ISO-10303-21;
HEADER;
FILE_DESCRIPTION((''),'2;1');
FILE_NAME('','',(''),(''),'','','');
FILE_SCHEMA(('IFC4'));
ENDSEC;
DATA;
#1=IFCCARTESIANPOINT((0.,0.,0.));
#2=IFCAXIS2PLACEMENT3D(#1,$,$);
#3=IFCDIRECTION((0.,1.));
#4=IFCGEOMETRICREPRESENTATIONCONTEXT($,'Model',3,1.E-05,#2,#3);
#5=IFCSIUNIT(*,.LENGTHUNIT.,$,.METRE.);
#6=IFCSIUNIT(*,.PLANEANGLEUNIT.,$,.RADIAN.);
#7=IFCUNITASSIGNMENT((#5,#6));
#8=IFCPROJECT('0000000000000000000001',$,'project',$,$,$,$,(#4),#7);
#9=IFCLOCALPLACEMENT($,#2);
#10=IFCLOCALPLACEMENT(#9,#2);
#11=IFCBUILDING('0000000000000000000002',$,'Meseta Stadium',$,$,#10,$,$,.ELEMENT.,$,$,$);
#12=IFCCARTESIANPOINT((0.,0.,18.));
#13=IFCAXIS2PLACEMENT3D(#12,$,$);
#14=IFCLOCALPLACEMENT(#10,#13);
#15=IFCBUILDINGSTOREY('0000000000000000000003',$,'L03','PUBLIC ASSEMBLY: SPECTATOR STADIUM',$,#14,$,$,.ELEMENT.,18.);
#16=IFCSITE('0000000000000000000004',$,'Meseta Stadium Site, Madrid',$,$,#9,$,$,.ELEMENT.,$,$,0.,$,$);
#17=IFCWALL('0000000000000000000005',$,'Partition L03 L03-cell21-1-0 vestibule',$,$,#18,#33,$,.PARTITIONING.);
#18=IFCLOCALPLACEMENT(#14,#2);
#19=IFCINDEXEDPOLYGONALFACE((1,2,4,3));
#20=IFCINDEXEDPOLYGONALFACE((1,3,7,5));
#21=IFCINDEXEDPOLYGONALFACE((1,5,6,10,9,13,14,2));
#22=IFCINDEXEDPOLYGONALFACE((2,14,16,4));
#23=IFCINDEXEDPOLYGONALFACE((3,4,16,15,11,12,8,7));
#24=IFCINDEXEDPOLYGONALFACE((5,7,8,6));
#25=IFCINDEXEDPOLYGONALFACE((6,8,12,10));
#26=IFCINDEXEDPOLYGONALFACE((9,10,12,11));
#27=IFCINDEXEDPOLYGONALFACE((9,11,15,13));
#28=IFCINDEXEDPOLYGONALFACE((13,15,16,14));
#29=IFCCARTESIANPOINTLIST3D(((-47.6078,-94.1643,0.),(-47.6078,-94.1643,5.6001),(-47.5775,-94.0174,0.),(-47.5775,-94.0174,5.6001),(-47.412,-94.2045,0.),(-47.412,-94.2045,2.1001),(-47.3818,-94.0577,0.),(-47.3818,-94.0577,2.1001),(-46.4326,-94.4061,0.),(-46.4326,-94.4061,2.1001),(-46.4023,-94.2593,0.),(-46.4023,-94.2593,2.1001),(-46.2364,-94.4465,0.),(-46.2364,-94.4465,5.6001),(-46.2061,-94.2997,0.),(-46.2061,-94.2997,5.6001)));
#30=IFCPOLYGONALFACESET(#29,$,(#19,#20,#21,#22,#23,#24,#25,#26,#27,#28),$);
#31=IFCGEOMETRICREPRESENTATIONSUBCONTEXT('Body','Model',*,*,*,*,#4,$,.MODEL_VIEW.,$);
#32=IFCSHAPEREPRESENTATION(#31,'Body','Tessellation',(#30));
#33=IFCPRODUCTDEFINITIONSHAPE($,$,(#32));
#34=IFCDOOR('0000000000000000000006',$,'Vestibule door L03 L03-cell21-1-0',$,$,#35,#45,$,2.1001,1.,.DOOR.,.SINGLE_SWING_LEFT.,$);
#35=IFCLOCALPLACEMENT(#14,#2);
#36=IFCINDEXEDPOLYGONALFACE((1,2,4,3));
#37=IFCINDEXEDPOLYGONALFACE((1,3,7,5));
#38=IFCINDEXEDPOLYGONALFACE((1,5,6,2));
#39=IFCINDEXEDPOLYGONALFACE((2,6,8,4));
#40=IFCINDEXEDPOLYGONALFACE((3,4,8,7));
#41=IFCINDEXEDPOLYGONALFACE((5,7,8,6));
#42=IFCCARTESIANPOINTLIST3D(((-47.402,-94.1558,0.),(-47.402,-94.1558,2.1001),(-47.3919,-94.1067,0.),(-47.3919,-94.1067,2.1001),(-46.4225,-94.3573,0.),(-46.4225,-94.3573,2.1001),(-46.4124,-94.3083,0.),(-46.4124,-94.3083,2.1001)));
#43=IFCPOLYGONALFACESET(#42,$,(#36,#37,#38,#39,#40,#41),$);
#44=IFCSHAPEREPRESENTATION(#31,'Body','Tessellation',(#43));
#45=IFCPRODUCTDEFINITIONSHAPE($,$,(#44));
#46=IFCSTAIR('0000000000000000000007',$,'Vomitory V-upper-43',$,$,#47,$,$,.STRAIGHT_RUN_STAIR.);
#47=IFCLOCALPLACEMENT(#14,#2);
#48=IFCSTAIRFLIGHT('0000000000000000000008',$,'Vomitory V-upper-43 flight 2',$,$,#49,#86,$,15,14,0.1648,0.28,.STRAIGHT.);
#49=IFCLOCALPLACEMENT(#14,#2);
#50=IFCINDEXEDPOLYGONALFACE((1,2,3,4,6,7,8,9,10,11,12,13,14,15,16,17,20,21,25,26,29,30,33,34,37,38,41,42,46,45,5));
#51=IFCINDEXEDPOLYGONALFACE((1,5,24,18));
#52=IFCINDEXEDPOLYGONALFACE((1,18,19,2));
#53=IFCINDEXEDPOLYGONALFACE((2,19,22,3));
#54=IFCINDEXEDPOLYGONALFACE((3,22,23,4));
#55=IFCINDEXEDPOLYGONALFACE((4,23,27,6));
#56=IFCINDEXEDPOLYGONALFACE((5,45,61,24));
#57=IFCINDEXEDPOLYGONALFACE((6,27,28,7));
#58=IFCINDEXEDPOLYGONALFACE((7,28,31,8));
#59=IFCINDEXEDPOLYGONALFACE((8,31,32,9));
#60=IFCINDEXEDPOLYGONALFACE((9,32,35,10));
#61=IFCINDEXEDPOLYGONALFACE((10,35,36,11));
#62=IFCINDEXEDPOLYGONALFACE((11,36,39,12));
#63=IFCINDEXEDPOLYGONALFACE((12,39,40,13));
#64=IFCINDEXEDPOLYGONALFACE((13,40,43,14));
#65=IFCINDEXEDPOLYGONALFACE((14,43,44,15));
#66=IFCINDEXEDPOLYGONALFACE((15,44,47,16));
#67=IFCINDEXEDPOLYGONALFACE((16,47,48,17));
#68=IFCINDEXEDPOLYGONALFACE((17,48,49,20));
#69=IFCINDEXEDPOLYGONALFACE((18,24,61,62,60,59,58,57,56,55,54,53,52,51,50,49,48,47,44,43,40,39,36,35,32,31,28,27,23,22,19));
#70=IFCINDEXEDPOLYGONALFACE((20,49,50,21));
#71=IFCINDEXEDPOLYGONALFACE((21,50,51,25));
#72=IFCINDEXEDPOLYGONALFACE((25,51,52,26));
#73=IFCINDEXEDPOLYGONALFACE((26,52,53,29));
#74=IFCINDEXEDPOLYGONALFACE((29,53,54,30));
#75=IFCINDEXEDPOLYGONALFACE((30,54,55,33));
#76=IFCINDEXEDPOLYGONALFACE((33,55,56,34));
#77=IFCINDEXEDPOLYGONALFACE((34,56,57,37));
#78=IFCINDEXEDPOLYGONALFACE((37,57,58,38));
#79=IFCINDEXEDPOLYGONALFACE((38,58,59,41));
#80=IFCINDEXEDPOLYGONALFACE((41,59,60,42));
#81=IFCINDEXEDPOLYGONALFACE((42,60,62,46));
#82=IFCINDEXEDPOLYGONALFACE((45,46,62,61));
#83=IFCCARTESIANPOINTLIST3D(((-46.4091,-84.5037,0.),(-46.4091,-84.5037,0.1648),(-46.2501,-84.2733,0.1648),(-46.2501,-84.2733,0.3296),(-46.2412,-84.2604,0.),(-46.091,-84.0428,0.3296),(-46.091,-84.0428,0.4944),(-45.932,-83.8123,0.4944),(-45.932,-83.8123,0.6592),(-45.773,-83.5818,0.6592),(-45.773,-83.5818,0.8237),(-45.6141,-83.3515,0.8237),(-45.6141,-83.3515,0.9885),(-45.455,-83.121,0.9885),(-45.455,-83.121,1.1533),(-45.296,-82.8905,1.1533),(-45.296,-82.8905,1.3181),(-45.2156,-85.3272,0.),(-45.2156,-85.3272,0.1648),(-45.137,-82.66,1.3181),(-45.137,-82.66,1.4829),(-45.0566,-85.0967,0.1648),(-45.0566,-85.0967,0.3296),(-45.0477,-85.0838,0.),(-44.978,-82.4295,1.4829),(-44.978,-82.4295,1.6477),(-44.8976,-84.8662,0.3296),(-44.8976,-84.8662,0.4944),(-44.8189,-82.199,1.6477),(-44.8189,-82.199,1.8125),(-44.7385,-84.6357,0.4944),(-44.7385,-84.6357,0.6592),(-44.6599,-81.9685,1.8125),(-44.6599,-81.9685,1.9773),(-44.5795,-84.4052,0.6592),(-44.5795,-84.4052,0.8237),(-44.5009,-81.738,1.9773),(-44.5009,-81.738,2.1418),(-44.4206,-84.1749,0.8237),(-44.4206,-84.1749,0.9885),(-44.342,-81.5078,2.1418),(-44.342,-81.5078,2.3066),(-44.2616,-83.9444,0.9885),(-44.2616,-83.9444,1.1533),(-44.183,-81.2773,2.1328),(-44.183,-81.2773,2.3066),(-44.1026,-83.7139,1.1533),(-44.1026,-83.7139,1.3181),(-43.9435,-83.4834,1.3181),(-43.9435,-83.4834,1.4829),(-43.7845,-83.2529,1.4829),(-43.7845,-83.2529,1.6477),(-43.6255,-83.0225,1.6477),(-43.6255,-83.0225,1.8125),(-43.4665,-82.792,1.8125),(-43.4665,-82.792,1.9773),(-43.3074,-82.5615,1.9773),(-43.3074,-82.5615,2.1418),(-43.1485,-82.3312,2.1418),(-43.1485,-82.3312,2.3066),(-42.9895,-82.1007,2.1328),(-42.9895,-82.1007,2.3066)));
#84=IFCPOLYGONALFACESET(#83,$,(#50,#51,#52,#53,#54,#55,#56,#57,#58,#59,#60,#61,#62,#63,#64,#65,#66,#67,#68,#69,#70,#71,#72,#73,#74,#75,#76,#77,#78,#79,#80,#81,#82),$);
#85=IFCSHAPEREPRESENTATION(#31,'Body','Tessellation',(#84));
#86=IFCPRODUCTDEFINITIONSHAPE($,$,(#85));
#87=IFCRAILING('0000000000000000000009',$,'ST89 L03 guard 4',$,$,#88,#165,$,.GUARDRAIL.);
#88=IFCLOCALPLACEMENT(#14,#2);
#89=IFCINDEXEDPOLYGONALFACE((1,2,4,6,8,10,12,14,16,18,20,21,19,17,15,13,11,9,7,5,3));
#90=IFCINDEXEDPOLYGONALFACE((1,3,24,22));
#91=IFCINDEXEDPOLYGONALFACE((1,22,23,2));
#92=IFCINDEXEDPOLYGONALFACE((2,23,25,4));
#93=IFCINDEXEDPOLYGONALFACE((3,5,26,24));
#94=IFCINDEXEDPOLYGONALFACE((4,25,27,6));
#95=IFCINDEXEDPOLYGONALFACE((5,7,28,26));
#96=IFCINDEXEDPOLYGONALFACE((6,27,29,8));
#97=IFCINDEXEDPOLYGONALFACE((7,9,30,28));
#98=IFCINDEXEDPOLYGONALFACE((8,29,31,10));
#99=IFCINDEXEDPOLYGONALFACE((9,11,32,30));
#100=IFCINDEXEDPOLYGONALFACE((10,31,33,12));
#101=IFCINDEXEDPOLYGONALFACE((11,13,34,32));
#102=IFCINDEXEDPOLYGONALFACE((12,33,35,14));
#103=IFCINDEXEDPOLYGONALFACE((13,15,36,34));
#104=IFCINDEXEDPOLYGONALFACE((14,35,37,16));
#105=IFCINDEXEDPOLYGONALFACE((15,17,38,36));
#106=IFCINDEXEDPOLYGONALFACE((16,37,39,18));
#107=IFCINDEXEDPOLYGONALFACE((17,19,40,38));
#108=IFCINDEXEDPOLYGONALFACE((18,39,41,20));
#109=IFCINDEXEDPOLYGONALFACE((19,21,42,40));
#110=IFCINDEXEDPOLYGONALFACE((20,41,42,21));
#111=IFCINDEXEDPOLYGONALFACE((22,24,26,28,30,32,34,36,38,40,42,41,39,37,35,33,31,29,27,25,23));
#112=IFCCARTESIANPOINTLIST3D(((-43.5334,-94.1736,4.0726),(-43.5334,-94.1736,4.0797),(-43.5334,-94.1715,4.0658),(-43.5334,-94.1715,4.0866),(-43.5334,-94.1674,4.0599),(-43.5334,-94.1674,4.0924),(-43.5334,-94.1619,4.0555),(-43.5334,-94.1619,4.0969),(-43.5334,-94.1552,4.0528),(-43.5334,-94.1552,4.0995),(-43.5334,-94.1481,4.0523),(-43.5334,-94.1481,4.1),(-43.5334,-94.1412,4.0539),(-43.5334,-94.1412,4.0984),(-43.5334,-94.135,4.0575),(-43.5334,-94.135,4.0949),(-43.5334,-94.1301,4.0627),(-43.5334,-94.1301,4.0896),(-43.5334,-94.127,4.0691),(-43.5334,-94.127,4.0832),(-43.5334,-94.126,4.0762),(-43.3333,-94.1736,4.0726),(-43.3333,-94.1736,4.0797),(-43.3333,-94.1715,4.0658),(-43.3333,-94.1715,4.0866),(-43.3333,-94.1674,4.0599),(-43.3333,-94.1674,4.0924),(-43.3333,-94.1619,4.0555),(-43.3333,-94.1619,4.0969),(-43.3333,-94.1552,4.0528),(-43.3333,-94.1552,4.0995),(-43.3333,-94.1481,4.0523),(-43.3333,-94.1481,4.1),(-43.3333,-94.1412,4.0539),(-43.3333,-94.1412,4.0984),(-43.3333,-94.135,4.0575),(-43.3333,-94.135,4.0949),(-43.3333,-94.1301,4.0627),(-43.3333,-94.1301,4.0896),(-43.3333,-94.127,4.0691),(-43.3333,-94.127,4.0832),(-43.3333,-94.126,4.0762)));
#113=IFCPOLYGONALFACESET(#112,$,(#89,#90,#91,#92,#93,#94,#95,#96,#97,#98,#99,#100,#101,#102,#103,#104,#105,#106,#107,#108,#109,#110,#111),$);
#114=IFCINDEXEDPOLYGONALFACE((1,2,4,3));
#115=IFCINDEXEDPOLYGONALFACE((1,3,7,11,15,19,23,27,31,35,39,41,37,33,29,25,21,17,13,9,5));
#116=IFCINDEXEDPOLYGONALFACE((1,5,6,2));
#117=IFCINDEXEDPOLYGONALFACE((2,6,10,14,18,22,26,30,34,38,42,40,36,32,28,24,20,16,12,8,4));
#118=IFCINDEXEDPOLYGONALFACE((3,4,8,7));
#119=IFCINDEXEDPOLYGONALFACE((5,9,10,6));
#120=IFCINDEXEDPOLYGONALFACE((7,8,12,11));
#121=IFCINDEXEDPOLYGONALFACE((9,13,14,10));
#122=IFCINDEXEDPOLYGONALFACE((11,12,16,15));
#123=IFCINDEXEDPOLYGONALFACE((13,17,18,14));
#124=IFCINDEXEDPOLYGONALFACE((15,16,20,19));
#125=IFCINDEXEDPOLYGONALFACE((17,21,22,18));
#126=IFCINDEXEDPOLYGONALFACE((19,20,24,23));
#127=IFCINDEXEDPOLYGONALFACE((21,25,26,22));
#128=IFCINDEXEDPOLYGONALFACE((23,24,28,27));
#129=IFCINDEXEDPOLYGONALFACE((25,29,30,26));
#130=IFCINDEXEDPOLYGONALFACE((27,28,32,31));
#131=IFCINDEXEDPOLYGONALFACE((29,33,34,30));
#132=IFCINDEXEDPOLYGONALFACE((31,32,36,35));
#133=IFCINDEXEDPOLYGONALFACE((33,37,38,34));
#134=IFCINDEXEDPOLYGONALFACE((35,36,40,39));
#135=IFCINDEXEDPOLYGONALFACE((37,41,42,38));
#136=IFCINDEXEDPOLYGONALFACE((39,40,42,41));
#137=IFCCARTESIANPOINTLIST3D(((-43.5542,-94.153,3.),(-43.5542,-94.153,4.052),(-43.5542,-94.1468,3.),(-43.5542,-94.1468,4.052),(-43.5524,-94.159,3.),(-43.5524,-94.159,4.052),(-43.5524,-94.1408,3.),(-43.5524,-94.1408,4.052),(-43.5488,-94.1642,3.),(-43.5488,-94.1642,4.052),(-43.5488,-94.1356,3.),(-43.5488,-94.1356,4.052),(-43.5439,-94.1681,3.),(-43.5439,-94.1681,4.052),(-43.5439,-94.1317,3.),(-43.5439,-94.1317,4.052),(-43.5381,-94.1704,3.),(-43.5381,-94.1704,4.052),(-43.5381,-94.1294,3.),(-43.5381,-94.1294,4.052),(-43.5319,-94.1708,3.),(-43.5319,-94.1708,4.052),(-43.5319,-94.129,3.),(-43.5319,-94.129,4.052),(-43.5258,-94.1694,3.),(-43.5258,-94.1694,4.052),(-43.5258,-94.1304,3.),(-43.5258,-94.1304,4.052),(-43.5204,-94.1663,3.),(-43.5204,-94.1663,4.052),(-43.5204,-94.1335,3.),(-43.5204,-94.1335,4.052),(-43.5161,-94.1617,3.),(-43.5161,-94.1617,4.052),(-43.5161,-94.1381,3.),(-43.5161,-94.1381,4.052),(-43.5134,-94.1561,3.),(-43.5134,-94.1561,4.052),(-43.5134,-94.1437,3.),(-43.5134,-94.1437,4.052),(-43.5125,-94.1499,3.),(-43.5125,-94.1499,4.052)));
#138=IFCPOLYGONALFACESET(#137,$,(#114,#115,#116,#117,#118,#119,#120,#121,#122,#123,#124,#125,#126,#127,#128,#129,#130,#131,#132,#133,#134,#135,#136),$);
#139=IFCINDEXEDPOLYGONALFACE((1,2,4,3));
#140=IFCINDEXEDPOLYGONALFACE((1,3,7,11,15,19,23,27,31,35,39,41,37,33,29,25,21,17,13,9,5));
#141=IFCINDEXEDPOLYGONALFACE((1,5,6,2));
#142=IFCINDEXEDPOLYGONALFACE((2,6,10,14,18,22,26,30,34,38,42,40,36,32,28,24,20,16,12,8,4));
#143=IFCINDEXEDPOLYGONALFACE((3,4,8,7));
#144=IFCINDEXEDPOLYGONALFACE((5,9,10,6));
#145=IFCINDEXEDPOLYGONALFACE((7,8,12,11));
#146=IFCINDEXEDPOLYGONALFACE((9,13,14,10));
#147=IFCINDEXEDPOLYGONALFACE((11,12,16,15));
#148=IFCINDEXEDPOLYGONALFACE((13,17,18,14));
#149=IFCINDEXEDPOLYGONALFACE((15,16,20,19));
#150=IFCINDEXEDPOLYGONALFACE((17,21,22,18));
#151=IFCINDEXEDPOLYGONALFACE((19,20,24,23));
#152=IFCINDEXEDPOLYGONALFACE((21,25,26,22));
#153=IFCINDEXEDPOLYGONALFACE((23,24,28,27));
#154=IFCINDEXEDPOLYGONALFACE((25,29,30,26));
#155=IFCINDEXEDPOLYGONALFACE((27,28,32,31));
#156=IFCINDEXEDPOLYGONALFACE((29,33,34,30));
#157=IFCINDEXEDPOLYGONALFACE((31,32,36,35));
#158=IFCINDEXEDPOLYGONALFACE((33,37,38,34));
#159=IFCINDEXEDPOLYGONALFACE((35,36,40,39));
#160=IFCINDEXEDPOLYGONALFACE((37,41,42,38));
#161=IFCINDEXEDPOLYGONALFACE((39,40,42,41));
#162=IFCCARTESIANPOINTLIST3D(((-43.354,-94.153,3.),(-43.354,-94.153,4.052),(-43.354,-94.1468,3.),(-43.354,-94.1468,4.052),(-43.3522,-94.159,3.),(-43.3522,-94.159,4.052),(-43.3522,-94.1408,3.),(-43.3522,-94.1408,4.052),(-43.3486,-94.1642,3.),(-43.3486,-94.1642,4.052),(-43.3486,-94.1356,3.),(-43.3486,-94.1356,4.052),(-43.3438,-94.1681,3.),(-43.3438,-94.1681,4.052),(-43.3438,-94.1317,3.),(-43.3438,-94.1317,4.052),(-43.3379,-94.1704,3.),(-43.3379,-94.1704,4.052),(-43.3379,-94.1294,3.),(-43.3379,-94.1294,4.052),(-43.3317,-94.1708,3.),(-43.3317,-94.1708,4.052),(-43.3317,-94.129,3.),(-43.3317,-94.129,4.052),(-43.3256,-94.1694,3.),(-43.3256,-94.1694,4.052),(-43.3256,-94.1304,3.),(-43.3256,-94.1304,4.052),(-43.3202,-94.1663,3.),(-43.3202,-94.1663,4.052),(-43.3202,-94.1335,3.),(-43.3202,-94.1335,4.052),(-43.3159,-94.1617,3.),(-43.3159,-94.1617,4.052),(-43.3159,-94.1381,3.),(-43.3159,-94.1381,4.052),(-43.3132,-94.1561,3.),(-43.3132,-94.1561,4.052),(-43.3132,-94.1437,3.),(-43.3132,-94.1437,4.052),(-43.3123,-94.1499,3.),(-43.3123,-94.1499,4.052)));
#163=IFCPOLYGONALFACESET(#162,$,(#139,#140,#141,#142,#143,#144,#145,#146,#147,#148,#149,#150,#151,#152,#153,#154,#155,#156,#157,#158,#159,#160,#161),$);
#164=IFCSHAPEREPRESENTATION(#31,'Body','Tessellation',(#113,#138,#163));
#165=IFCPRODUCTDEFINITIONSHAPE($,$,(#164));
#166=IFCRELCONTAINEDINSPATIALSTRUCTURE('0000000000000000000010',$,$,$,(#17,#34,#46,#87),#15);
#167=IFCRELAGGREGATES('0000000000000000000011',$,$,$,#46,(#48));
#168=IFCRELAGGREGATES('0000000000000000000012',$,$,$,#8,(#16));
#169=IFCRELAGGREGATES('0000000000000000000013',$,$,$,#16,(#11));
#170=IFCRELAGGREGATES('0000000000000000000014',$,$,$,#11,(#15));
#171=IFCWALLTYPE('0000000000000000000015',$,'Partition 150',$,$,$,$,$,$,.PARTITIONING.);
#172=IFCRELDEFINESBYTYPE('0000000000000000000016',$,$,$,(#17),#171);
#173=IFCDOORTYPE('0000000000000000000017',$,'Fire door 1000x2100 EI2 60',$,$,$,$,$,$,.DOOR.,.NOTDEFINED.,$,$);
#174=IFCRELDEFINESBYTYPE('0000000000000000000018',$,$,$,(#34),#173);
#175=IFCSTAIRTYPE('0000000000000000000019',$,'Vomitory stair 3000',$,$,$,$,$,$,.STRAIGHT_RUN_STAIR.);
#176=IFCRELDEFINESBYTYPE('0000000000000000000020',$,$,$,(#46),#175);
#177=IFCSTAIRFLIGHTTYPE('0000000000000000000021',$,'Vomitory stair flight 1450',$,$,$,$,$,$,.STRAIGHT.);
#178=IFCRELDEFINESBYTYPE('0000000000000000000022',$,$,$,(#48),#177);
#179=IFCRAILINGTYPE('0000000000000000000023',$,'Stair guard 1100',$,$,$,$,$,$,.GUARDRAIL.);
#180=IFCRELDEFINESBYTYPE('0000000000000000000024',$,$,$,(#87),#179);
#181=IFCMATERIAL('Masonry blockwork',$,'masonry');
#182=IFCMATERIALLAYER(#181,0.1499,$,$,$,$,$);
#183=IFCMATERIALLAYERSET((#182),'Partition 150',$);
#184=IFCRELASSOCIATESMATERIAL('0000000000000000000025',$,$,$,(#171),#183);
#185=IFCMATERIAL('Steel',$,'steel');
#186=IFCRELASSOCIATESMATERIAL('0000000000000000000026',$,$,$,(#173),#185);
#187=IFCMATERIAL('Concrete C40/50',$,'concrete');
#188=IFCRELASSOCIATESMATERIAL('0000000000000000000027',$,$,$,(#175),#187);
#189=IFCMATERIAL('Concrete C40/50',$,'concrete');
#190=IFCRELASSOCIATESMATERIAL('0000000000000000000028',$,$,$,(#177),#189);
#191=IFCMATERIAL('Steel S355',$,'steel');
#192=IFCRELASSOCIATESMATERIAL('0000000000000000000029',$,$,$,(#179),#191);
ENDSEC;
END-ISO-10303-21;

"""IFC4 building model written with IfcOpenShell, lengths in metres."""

from ifc_helpers import new_model, si_unit, direction, frame, frame_2d, origin, origin_2d, place, context, subcontext, project, spatial, polyline, rectangle, circle, outline, extrude, material, layer, layer_set, type_object, element, fill, aggregate, save


model = new_model("IFC4")

# Units and contexts
model_context = context("Model", 3, precision=1e-05, world=origin(), true_north=direction((0.0, 1.0)))
body_context = subcontext(model_context, "Body", "Model", "MODEL_VIEW")
ifc_project = project(units=[si_unit("LENGTHUNIT", "METRE"), si_unit("PLANEANGLEUNIT", "RADIAN")], contexts=[model_context])

# Site, building, storey
site_placement = place(None, origin())
site = spatial("IfcSite", under=ifc_project, at=site_placement, Name="Meseta Stadium Site, Madrid", CompositionType="ELEMENT", RefElevation=0.0)
building_placement = place(site_placement, origin())
building = spatial("IfcBuilding", under=site, at=building_placement, Name="Meseta Stadium", CompositionType="ELEMENT")
storey_placement = place(building_placement, frame((0.0, 0.0, 18.0)))
storey = spatial("IfcBuildingStorey", under=building, at=storey_placement, Name="L03", Description="PUBLIC ASSEMBLY: SPECTATOR STADIUM", CompositionType="ELEMENT", Elevation=18.0)

# Shared definitions
ifc_material_1 = material(Name="Masonry blockwork", Category="masonry")
ifc_layer_1 = layer(ifc_material_1, 0.1499)
ifc_layer_set_1 = layer_set([ifc_layer_1], Name="Partition 150")
wall_type_1 = type_object("IfcWallType", Name="Partition 150", PredefinedType="PARTITIONING", material=ifc_layer_set_1)

# Wall, opening, door
wall_1_placement = place(storey_placement, frame((-47.5928, -94.0908, 0.0), z_axis=(0.0, 0.0, 1.0), x_axis=(0.979472, -0.201579, 0.0)))
wall_1 = element("IfcWall", 1, at=wall_1_placement, inside=storey, type_object=wall_type_1, Name="Partition L03 L03-cell21-1-0 vestibule", PredefinedType="PARTITIONING", context=body_context, shape_type="SweptSolid", body=[
    extrude(rectangle(XDim=1.4001, YDim=0.1499, at=frame_2d((0.7002, 0.0))), origin(), (0.0, 0.0, 1.0), 5.6001),
])
opening_1_placement = place(wall_1_placement, frame((0.2, 0.0, 0.0)))
opening_1 = element("IfcOpeningElement", 2, at=opening_1_placement, cuts=wall_1, PredefinedType="OPENING", context=body_context, shape_type="SweptSolid", body=[
    extrude(rectangle(XDim=1.0, YDim=2.1001, at=frame_2d((0.5, 1.05))), frame((0.0, 0.085, 0.0), z_axis=(0.0, -1.0, 0.0), x_axis=(1.0, 0.0, 0.0)), (0.0, 0.0, 1.0), 0.1699),
])
ifc_material_2 = material(Name="Steel", Category="steel")
door_type_1 = type_object("IfcDoorType", Name="Fire door 1000x2100 EI2 60", OperationType="NOTDEFINED", PredefinedType="DOOR", material=ifc_material_2)
door_1_placement = place(opening_1_placement, origin())
door_1 = element("IfcDoor", 3, at=door_1_placement, inside=storey, type_object=door_type_1, Name="Vestibule door L03 L03-cell21-1-0", OperationType="SINGLE_SWING_LEFT", OverallHeight=2.1001, OverallWidth=1.0, PredefinedType="DOOR", context=body_context, shape_type="SweptSolid", body=[
    extrude(rectangle(XDim=1.0, YDim=2.1001, at=frame_2d((0.5, 1.05))), frame((0.0, 0.0249, 0.0), z_axis=(0.0, -1.0, 0.0), x_axis=(1.0, 0.0, 0.0)), (0.0, 0.0, 1.0), 0.05),
])
fill(opening_1, door_1)

# Stair, stair flight
ifc_material_3 = material(Name="Concrete C40/50", Category="concrete")
stair_type = type_object("IfcStairType", Name="Vomitory stair 3000", PredefinedType="STRAIGHT_RUN_STAIR", material=ifc_material_3)
stair_placement = place(storey_placement, origin())
stair = element("IfcStair", 4, at=stair_placement, inside=storey, type_object=stair_type, Name="Vomitory V-upper-43", PredefinedType="STRAIGHT_RUN_STAIR")
ifc_material_4 = material(Name="Concrete C40/50", Category="concrete")
stair_flight_type = type_object("IfcStairFlightType", Name="Vomitory stair flight 1450", PredefinedType="STRAIGHT", material=ifc_material_4)
stair_flight_placement = place(storey_placement, frame((-45.8123, -84.9155, 0.0), z_axis=(0.0, 0.0, 1.0), x_axis=(0.5679, 0.823098, 0.0)))
stair_flight = element("IfcStairFlight", 5, at=stair_flight_placement, type_object=stair_flight_type, Name="Vomitory V-upper-43 flight 2", NumberOfRisers=15, NumberOfTreads=14, PredefinedType="STRAIGHT", RiserHeight=0.1648, TreadLength=0.28, context=body_context, shape_type="SweptSolid", body=[
    extrude(outline(polyline([(0.0, 0.0), (0.0, 0.1648), (0.28, 0.1648), (0.28, 0.3296), (0.5601, 0.3296), (0.5601, 0.4944), (0.8401, 0.4944), (0.8401, 0.6592), (1.1201, 0.6592), (1.1201, 0.8237), (1.3999, 0.8237), (1.3999, 0.9885), (1.6799, 0.9885), (1.6799, 1.1533), (1.96, 1.1533), (1.96, 1.3181), (2.24, 1.3181), (2.24, 1.4829), (2.52, 1.4829), (2.52, 1.6477), (2.8, 1.6477), (2.8, 1.8125), (3.0801, 1.8125), (3.0801, 1.9773), (3.3601, 1.9773), (3.3601, 2.1418), (3.6399, 2.1418), (3.6399, 2.3066), (3.9199, 2.3066), (3.9199, 2.1328), (0.2957, 0.0), (0.0, 0.0)])), frame((0.0, 0.7251, 0.0), z_axis=(0.0, -1.0, 0.0), x_axis=(1.0, 0.0, 0.0)), (0.0, 0.0, 1.0), 1.45),
])
aggregate(stair, [stair_flight])

# Railing
ifc_material_5 = material(Name="Steel S355", Category="steel")
railing_type_1 = type_object("IfcRailingType", Name="Stair guard 1100", PredefinedType="GUARDRAIL", material=ifc_material_5)
for number, where, name in (
    (6, (-43.5334, -94.1499, 3.0), "ST89 L03 guard 4"),
):
    element("IfcRailing", number, at=place(storey_placement, frame(where)), inside=storey, type_object=railing_type_1, Name=name, PredefinedType="GUARDRAIL", context=body_context, shape_type="SweptSolid", body=[
        extrude(circle(Radius=0.0239, at=origin_2d()), frame((0.0, 0.0, 1.0762), z_axis=(1.0, 0.0, 0.0), x_axis=(0.0, 1.0, 0.0)), (0.0, 0.0, 1.0), 0.2002),
        extrude(circle(Radius=0.021, at=origin_2d()), origin(), (0.0, 0.0, 1.0), 1.052),
        extrude(circle(Radius=0.021, at=origin_2d()), frame((0.2002, 0.0, 0.0)), (0.0, 0.0, 1.0), 1.052),
    ])

save(model, "model.ifc")
